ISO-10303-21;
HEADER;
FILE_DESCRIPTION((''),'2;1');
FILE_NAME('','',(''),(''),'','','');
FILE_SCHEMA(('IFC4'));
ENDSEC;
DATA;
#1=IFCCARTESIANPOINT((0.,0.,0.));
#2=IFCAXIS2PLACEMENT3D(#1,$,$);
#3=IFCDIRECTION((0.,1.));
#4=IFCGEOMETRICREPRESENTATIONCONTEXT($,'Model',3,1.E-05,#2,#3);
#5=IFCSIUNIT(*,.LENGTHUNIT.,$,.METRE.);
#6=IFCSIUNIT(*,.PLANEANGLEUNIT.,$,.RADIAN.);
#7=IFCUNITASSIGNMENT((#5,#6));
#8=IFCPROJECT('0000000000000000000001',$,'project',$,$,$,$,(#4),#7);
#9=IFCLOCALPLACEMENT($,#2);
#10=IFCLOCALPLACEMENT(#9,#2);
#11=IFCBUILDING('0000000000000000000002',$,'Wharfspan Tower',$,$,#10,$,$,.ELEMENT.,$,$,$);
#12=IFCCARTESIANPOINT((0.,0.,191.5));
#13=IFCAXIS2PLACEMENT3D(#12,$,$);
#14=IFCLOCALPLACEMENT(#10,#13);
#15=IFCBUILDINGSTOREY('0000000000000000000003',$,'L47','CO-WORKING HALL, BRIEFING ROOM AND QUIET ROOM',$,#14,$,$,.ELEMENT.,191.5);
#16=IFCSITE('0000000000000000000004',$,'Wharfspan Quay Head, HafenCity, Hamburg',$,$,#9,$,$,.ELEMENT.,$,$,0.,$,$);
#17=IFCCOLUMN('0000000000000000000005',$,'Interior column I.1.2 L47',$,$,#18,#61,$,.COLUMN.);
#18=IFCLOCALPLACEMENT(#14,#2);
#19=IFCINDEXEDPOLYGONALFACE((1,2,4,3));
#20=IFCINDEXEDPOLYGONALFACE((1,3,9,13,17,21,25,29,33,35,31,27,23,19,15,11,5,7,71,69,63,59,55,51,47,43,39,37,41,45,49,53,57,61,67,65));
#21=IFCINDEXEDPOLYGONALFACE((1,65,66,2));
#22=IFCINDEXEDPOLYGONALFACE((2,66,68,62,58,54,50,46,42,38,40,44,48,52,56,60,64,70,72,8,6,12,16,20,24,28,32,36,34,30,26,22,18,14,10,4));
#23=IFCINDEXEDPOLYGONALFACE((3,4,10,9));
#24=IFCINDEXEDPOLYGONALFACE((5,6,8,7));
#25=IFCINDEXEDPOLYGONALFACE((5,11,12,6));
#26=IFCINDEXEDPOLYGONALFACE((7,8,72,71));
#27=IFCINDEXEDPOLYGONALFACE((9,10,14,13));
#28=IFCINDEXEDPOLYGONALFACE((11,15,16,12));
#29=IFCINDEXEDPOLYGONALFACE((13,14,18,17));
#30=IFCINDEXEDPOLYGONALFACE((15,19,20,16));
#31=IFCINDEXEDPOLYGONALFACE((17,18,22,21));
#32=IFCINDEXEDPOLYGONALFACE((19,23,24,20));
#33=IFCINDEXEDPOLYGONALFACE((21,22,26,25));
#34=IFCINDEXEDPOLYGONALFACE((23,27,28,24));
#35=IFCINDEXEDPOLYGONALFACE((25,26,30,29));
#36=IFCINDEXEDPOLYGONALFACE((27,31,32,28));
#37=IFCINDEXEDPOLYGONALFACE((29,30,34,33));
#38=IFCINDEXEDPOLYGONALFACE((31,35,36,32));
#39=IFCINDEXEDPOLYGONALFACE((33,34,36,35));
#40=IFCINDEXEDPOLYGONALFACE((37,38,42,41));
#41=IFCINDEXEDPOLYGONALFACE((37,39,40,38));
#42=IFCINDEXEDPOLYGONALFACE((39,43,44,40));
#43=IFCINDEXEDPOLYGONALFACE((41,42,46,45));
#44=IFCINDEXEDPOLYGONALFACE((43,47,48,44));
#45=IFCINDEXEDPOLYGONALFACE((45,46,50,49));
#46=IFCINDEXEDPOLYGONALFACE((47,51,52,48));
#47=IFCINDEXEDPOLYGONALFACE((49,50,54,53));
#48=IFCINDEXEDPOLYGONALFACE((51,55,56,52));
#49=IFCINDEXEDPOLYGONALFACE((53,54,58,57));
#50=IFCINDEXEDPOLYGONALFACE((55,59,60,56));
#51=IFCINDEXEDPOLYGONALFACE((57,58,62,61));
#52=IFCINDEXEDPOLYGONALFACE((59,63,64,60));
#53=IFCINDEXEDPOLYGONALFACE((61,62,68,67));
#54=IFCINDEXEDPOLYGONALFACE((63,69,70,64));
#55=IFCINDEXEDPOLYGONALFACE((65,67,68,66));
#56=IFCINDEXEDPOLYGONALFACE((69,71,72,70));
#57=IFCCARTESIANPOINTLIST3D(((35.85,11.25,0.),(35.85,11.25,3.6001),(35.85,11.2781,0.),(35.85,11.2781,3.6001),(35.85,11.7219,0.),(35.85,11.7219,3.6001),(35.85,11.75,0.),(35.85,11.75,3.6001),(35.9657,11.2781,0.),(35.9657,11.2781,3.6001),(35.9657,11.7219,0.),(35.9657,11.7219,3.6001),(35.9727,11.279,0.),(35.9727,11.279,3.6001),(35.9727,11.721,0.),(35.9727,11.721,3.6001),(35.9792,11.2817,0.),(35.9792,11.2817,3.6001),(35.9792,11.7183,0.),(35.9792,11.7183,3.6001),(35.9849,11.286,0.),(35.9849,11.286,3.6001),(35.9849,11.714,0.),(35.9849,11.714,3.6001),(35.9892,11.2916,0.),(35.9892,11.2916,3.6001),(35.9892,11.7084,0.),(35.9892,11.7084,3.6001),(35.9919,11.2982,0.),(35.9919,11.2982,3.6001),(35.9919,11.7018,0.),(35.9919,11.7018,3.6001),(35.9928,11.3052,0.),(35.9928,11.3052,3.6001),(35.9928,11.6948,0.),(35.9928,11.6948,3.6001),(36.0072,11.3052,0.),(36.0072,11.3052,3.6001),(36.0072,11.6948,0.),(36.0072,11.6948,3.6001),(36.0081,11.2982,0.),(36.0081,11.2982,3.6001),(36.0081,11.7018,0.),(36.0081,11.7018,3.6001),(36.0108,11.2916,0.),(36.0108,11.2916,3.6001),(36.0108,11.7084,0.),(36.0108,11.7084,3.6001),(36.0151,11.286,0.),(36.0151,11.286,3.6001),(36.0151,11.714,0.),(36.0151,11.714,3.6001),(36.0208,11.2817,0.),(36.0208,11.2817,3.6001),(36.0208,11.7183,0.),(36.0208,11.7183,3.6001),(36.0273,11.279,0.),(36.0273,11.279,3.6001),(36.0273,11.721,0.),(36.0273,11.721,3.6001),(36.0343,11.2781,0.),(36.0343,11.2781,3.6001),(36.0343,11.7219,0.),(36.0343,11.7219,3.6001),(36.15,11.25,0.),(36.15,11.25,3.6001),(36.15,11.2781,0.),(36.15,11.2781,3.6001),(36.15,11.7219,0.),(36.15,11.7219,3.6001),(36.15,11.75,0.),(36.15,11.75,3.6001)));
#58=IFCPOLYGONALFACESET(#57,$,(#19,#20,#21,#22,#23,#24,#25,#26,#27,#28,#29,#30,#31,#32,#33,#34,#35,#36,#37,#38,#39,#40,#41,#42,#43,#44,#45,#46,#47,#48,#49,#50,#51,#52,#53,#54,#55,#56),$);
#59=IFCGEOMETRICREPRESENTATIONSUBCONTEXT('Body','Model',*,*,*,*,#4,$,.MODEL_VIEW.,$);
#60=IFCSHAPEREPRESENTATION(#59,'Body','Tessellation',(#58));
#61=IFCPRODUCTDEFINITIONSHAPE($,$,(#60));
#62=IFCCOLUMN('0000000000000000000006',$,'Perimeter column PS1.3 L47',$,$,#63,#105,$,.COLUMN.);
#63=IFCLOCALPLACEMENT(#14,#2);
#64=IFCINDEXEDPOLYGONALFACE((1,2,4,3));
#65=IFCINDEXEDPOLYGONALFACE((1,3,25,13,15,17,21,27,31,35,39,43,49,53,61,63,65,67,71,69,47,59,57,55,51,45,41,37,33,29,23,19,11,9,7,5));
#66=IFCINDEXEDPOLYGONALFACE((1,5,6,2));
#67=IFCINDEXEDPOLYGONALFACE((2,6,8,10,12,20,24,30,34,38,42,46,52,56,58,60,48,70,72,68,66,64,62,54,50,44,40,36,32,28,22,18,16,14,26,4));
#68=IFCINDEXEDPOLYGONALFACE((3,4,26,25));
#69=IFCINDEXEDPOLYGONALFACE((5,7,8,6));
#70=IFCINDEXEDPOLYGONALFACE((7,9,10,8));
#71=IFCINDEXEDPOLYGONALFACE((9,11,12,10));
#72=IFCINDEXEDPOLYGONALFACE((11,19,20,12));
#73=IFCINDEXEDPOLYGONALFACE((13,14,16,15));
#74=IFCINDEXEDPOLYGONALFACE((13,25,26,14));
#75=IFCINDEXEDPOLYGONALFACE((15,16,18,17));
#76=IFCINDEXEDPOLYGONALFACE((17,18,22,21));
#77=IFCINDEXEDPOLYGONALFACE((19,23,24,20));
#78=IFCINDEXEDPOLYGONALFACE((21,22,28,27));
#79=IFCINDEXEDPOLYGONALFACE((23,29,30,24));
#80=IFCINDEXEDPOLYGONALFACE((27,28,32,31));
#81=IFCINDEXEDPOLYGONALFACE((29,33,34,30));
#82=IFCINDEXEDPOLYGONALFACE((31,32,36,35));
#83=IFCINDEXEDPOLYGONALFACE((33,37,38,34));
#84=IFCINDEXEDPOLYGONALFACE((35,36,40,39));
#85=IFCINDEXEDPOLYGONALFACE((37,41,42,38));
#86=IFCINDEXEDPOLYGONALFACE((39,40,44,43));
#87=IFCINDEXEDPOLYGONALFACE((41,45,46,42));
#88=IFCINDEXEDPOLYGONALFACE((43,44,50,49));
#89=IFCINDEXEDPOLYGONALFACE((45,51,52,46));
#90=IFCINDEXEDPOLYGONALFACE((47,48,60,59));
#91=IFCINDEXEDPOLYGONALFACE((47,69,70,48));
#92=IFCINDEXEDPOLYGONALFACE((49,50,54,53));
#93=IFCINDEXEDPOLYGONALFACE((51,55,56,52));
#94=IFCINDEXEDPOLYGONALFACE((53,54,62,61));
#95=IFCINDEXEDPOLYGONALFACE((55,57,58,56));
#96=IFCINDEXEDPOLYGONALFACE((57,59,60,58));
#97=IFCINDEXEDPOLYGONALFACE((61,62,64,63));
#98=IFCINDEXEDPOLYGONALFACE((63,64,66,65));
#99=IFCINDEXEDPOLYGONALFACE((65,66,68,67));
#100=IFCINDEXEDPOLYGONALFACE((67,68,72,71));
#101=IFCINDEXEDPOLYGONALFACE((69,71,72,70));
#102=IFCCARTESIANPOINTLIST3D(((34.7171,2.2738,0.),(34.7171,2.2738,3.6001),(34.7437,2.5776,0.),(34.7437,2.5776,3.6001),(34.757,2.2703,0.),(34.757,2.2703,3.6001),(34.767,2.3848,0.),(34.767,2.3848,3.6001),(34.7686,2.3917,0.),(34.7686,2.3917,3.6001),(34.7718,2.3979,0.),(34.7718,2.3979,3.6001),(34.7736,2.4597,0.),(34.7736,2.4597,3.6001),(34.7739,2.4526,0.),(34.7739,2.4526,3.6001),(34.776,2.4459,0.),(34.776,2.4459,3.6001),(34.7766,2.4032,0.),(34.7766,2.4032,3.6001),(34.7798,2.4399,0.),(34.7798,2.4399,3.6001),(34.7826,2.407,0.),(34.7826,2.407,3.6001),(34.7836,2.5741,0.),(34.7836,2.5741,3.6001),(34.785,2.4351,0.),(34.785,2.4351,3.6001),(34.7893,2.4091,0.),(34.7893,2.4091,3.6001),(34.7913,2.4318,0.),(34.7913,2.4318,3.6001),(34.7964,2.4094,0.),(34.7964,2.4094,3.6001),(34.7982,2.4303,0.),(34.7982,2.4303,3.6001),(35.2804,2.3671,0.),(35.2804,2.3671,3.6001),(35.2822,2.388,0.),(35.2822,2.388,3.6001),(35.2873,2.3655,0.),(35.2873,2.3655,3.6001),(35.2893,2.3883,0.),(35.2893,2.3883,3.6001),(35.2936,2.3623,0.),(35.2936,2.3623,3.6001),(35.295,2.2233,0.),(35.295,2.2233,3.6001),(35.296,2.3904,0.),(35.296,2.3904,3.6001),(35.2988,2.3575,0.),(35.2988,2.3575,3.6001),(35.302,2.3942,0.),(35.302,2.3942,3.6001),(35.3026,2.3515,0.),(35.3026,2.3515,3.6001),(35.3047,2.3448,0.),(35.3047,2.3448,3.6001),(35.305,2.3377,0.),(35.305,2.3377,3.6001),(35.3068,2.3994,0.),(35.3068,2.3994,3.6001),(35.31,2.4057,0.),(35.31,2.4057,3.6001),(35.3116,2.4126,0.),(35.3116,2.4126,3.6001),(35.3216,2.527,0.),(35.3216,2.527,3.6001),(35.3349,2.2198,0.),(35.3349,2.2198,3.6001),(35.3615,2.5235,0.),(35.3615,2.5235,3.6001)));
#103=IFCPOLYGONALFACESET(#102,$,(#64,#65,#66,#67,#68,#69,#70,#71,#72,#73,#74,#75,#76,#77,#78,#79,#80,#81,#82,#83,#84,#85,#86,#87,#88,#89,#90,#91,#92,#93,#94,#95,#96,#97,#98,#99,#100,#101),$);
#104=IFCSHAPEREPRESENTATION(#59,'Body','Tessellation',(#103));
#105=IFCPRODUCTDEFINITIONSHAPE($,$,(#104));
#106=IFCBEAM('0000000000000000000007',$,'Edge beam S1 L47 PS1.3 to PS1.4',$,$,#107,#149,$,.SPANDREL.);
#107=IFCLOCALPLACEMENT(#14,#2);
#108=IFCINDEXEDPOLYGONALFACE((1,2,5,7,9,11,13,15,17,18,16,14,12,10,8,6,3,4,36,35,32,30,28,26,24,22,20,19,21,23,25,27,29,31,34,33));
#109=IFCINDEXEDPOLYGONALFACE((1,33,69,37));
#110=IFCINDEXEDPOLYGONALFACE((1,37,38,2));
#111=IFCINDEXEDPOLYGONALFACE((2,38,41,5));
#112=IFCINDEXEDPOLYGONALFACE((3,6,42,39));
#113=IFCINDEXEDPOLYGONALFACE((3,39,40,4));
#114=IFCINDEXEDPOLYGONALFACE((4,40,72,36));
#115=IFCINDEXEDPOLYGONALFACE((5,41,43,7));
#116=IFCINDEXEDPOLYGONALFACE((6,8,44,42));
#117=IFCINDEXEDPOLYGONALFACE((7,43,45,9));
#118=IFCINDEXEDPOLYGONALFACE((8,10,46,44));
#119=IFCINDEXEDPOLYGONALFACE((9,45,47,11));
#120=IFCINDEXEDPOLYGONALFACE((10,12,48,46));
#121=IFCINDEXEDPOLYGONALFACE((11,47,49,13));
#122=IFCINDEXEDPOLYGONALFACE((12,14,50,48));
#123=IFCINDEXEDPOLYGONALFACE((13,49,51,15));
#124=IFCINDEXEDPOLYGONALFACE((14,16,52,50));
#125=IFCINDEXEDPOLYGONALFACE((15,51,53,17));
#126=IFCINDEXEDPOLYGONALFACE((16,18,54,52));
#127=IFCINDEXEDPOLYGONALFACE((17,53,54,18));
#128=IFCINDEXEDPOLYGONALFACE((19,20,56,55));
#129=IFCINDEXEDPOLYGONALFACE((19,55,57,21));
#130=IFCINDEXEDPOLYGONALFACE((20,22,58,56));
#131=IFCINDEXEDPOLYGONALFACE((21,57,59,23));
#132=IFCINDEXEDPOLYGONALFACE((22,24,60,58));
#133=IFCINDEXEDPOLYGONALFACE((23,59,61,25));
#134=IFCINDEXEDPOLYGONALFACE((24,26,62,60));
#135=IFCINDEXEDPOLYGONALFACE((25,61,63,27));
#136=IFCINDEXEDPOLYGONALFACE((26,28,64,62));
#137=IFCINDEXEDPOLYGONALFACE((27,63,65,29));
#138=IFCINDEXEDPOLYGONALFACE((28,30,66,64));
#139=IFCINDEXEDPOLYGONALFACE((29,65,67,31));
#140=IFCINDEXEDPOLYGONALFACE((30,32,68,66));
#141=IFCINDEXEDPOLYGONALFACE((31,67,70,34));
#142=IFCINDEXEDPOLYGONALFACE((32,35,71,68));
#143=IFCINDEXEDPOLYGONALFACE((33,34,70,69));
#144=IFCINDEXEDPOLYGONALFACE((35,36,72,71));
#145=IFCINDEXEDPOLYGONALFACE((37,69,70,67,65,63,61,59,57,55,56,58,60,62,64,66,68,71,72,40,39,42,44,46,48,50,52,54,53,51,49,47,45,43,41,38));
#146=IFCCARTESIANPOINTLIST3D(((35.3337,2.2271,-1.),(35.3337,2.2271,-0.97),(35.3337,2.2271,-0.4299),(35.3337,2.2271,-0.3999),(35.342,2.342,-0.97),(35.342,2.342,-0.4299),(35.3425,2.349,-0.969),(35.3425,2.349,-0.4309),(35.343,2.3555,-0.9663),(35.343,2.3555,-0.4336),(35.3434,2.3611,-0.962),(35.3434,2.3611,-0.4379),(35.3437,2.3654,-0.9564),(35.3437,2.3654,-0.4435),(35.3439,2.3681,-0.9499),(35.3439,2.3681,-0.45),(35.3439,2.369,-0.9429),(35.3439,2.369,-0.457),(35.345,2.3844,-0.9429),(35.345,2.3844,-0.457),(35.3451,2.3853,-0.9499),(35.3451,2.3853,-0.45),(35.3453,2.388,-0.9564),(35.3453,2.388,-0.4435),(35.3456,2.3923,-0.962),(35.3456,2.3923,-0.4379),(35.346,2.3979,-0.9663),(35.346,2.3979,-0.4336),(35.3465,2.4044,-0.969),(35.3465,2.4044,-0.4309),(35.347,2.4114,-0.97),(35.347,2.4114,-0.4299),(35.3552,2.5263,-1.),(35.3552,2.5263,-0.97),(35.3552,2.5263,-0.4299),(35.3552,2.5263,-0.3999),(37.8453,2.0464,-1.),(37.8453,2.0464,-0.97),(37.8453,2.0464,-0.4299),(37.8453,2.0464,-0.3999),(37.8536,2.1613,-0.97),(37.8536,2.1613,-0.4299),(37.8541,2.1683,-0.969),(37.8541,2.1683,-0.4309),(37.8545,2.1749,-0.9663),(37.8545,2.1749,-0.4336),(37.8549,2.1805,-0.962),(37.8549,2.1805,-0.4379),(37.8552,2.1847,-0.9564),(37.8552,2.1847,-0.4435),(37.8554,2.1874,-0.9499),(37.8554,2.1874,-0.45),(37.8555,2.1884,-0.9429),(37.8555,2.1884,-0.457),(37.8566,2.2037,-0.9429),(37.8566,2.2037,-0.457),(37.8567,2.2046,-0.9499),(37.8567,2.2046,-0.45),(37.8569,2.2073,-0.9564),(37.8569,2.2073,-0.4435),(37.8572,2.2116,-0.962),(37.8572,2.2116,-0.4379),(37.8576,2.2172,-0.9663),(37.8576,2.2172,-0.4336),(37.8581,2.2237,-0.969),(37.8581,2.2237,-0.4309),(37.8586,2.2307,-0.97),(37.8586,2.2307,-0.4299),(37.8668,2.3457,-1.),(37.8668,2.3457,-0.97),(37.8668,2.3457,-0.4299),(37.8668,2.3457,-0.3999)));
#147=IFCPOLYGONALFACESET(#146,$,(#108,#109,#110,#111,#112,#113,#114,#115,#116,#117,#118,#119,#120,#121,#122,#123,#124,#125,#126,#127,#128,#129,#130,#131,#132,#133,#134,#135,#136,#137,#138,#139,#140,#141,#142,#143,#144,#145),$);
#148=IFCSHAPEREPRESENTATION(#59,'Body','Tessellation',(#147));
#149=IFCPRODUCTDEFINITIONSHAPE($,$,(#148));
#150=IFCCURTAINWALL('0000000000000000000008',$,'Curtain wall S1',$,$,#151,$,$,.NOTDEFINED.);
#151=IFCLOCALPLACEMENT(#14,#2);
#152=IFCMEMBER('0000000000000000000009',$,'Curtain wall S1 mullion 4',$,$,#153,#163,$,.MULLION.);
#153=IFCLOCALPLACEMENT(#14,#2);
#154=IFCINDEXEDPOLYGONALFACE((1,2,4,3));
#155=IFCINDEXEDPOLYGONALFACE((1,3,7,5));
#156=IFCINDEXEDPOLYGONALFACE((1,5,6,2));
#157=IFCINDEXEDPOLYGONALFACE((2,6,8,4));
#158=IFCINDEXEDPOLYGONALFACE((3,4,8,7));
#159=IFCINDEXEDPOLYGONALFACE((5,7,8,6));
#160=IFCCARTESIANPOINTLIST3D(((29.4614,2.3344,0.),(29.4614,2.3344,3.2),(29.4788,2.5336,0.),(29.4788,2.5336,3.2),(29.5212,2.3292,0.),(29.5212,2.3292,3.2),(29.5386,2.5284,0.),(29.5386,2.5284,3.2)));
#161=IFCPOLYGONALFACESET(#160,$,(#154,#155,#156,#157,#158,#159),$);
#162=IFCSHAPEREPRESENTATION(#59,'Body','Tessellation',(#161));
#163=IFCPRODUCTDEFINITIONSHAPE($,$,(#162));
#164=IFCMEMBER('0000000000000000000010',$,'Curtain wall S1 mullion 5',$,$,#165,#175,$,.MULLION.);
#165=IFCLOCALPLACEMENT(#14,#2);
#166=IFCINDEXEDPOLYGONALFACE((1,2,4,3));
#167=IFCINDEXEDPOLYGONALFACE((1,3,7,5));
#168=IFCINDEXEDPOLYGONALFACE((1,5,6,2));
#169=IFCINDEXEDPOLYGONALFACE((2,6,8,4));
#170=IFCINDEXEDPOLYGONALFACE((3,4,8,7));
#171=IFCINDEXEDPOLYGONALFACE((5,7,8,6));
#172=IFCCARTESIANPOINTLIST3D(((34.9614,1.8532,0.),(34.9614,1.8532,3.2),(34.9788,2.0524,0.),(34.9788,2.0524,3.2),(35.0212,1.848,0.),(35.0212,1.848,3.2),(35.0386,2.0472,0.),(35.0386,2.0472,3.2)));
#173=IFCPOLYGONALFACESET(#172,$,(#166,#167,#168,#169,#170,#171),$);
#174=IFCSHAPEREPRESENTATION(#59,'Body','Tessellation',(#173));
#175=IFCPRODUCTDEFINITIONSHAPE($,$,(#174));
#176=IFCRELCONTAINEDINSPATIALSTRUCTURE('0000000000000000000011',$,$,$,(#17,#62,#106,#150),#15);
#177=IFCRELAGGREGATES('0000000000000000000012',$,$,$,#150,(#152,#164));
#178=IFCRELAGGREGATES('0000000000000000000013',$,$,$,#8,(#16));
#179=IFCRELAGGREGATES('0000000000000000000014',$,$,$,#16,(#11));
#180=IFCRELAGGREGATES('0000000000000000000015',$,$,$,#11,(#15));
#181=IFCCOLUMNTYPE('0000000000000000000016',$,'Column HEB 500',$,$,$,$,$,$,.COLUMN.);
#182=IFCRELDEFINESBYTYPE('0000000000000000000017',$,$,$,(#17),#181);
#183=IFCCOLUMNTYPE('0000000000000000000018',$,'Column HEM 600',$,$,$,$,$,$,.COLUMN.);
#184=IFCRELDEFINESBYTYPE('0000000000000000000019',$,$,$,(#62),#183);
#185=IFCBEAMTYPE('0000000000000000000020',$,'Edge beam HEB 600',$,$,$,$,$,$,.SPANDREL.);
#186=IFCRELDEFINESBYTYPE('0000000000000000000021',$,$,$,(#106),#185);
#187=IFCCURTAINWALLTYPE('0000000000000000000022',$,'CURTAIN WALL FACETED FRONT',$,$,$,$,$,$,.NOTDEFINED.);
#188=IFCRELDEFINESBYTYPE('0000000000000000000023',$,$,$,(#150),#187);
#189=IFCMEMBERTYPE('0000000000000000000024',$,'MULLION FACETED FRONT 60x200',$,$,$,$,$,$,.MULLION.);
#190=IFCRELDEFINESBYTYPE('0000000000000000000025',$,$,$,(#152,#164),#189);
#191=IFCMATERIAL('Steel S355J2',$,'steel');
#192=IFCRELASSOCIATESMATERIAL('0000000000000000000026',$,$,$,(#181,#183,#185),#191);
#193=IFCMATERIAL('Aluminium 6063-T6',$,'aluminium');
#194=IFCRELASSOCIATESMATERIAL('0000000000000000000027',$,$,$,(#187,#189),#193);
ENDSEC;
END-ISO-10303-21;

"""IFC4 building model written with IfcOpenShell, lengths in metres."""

from ifc_helpers import new_model, si_unit, direction, frame, origin, origin_2d, place, context, subcontext, project, spatial, rectangle, i_section, extrude, material, material_profile, profile_set, type_object, element, aggregate, save


model = new_model("IFC4")

# Units and contexts
model_context = context("Model", 3, precision=1e-05, world=origin(), true_north=direction((0.0, 1.0)))
body_context = subcontext(model_context, "Body", "Model", "MODEL_VIEW")
ifc_project = project(units=[si_unit("LENGTHUNIT", "METRE"), si_unit("PLANEANGLEUNIT", "RADIAN")], contexts=[model_context])

# Site, building, storey
site_placement = place(None, origin())
site = spatial("IfcSite", under=ifc_project, at=site_placement, Name="Wharfspan Quay Head, HafenCity, Hamburg", CompositionType="ELEMENT", RefElevation=0.0)
building_placement = place(site_placement, origin())
building = spatial("IfcBuilding", under=site, at=building_placement, Name="Wharfspan Tower", CompositionType="ELEMENT")
storey_placement = place(building_placement, frame((0.0, 0.0, 191.5)))
storey = spatial("IfcBuildingStorey", under=building, at=storey_placement, Name="L47", Description="CO-WORKING HALL, BRIEFING ROOM AND QUIET ROOM", CompositionType="ELEMENT", Elevation=191.5)

# Columns
ifc_material_1 = material(Name="Steel S355J2", Category="steel")
ifc_material_profile_1 = material_profile(ifc_material_1, i_section(OverallWidth=0.3, OverallDepth=0.5, WebThickness=0.0144, FlangeThickness=0.0281, FilletRadius=0.0271, at=origin_2d()))
ifc_profile_set_1 = profile_set([ifc_material_profile_1], Name="Steel S355J2")
column_type_1 = type_object("IfcColumnType", Name="Column HEB 500", PredefinedType="COLUMN", material=ifc_profile_set_1)
column_1_placement = place(storey_placement, frame((36.0, 11.5, 0.0), z_axis=(0.0, 0.0, 1.0), x_axis=(1.0, 0.0, 0.0)))
element("IfcColumn", 1, at=column_1_placement, inside=storey, type_object=column_type_1, Name="Interior column I.1.2 L47", PredefinedType="COLUMN", context=body_context, shape_type="SweptSolid", body=[
    extrude(i_section(OverallWidth=0.3, OverallDepth=0.5, WebThickness=0.0144, FlangeThickness=0.0281, FilletRadius=0.0271, at=origin_2d()), origin(), (0.0, 0.0, 1.0), 3.6001),
])
ifc_material_profile_2 = material_profile(ifc_material_1, i_section(OverallWidth=0.3049, OverallDepth=0.6201, WebThickness=0.021, FlangeThickness=0.04, FilletRadius=0.0271, at=origin_2d()))
ifc_profile_set_2 = profile_set([ifc_material_profile_2], Name="Steel S355J2")
column_type_2 = type_object("IfcColumnType", Name="Column HEM 600", PredefinedType="COLUMN", material=ifc_profile_set_2)
column_2_placement = place(storey_placement, frame((35.0393, 2.3987, 0.0), z_axis=(0.0, 0.0, 1.0), x_axis=(-0.087156, -0.996198, 0.0)))
element("IfcColumn", 2, at=column_2_placement, inside=storey, type_object=column_type_2, Name="Perimeter column PS1.3 L47", PredefinedType="COLUMN", context=body_context, shape_type="SweptSolid", body=[
    extrude(i_section(OverallWidth=0.3049, OverallDepth=0.6201, WebThickness=0.021, FlangeThickness=0.04, FilletRadius=0.0271, at=origin_2d()), origin(), (0.0, 0.0, 1.0), 3.6001),
])

# Beam
ifc_material_profile_3 = material_profile(ifc_material_1, i_section(OverallWidth=0.3, OverallDepth=0.6001, WebThickness=0.0154, FlangeThickness=0.03, FilletRadius=0.0271, at=origin_2d()))
ifc_profile_set_3 = profile_set([ifc_material_profile_3], Name="Steel S355J2")
beam_type = type_object("IfcBeamType", Name="Edge beam HEB 600", PredefinedType="SPANDREL", material=ifc_profile_set_3)
beam_placement = place(storey_placement, frame((35.3445, 2.3767, -0.7), z_axis=(0.997423, -0.07175, 0.0), x_axis=(0.07175, 0.997423, 0.0)))
element("IfcBeam", 3, at=beam_placement, inside=storey, type_object=beam_type, Name="Edge beam S1 L47 PS1.3 to PS1.4", PredefinedType="SPANDREL", context=body_context, shape_type="SweptSolid", body=[
    extrude(i_section(OverallWidth=0.3, OverallDepth=0.6001, WebThickness=0.0154, FlangeThickness=0.03, FilletRadius=0.0271, at=origin_2d()), origin(), (0.0, 0.0, 1.0), 2.5181),
])

# Curtain wall, members
ifc_material_2 = material(Name="Aluminium 6063-T6", Category="aluminium")
curtain_wall_type = type_object("IfcCurtainWallType", Name="CURTAIN WALL FACETED FRONT", PredefinedType="NOTDEFINED", material=ifc_material_2)
curtain_wall_placement = place(storey_placement, origin())
curtain_wall = element("IfcCurtainWall", 4, at=curtain_wall_placement, inside=storey, type_object=curtain_wall_type, Name="Curtain wall S1", PredefinedType="NOTDEFINED")
ifc_material_profile_4 = material_profile(ifc_material_2, rectangle(XDim=0.2, YDim=0.0601, at=origin_2d()))
ifc_profile_set_4 = profile_set([ifc_material_profile_4], Name="Aluminium 6063-T6")
member_type_1 = type_object("IfcMemberType", Name="MULLION FACETED FRONT 60x200", PredefinedType="MULLION", material=ifc_profile_set_4)
member_1_placement = place(storey_placement, frame((29.5, 2.4314, 0.0), z_axis=(0.0, 0.0, 1.0), x_axis=(0.087156, 0.996198, 0.0)))
member_1 = element("IfcMember", 5, at=member_1_placement, type_object=member_type_1, Name="Curtain wall S1 mullion 4", PredefinedType="MULLION", context=body_context, shape_type="SweptSolid", body=[
    extrude(rectangle(XDim=0.2, YDim=0.0601, at=origin_2d()), origin(), (0.0, 0.0, 1.0), 3.2),
])
member_2_placement = place(storey_placement, frame((35.0, 1.9502, 0.0), z_axis=(0.0, 0.0, 1.0), x_axis=(0.087156, 0.996198, 0.0)))
member_2 = element("IfcMember", 6, at=member_2_placement, type_object=member_type_1, Name="Curtain wall S1 mullion 5", PredefinedType="MULLION", context=body_context, shape_type="SweptSolid", body=[
    extrude(rectangle(XDim=0.2, YDim=0.0601, at=origin_2d()), origin(), (0.0, 0.0, 1.0), 3.2),
])

aggregate(curtain_wall, [member_1, member_2])

save(model, "model.ifc")
